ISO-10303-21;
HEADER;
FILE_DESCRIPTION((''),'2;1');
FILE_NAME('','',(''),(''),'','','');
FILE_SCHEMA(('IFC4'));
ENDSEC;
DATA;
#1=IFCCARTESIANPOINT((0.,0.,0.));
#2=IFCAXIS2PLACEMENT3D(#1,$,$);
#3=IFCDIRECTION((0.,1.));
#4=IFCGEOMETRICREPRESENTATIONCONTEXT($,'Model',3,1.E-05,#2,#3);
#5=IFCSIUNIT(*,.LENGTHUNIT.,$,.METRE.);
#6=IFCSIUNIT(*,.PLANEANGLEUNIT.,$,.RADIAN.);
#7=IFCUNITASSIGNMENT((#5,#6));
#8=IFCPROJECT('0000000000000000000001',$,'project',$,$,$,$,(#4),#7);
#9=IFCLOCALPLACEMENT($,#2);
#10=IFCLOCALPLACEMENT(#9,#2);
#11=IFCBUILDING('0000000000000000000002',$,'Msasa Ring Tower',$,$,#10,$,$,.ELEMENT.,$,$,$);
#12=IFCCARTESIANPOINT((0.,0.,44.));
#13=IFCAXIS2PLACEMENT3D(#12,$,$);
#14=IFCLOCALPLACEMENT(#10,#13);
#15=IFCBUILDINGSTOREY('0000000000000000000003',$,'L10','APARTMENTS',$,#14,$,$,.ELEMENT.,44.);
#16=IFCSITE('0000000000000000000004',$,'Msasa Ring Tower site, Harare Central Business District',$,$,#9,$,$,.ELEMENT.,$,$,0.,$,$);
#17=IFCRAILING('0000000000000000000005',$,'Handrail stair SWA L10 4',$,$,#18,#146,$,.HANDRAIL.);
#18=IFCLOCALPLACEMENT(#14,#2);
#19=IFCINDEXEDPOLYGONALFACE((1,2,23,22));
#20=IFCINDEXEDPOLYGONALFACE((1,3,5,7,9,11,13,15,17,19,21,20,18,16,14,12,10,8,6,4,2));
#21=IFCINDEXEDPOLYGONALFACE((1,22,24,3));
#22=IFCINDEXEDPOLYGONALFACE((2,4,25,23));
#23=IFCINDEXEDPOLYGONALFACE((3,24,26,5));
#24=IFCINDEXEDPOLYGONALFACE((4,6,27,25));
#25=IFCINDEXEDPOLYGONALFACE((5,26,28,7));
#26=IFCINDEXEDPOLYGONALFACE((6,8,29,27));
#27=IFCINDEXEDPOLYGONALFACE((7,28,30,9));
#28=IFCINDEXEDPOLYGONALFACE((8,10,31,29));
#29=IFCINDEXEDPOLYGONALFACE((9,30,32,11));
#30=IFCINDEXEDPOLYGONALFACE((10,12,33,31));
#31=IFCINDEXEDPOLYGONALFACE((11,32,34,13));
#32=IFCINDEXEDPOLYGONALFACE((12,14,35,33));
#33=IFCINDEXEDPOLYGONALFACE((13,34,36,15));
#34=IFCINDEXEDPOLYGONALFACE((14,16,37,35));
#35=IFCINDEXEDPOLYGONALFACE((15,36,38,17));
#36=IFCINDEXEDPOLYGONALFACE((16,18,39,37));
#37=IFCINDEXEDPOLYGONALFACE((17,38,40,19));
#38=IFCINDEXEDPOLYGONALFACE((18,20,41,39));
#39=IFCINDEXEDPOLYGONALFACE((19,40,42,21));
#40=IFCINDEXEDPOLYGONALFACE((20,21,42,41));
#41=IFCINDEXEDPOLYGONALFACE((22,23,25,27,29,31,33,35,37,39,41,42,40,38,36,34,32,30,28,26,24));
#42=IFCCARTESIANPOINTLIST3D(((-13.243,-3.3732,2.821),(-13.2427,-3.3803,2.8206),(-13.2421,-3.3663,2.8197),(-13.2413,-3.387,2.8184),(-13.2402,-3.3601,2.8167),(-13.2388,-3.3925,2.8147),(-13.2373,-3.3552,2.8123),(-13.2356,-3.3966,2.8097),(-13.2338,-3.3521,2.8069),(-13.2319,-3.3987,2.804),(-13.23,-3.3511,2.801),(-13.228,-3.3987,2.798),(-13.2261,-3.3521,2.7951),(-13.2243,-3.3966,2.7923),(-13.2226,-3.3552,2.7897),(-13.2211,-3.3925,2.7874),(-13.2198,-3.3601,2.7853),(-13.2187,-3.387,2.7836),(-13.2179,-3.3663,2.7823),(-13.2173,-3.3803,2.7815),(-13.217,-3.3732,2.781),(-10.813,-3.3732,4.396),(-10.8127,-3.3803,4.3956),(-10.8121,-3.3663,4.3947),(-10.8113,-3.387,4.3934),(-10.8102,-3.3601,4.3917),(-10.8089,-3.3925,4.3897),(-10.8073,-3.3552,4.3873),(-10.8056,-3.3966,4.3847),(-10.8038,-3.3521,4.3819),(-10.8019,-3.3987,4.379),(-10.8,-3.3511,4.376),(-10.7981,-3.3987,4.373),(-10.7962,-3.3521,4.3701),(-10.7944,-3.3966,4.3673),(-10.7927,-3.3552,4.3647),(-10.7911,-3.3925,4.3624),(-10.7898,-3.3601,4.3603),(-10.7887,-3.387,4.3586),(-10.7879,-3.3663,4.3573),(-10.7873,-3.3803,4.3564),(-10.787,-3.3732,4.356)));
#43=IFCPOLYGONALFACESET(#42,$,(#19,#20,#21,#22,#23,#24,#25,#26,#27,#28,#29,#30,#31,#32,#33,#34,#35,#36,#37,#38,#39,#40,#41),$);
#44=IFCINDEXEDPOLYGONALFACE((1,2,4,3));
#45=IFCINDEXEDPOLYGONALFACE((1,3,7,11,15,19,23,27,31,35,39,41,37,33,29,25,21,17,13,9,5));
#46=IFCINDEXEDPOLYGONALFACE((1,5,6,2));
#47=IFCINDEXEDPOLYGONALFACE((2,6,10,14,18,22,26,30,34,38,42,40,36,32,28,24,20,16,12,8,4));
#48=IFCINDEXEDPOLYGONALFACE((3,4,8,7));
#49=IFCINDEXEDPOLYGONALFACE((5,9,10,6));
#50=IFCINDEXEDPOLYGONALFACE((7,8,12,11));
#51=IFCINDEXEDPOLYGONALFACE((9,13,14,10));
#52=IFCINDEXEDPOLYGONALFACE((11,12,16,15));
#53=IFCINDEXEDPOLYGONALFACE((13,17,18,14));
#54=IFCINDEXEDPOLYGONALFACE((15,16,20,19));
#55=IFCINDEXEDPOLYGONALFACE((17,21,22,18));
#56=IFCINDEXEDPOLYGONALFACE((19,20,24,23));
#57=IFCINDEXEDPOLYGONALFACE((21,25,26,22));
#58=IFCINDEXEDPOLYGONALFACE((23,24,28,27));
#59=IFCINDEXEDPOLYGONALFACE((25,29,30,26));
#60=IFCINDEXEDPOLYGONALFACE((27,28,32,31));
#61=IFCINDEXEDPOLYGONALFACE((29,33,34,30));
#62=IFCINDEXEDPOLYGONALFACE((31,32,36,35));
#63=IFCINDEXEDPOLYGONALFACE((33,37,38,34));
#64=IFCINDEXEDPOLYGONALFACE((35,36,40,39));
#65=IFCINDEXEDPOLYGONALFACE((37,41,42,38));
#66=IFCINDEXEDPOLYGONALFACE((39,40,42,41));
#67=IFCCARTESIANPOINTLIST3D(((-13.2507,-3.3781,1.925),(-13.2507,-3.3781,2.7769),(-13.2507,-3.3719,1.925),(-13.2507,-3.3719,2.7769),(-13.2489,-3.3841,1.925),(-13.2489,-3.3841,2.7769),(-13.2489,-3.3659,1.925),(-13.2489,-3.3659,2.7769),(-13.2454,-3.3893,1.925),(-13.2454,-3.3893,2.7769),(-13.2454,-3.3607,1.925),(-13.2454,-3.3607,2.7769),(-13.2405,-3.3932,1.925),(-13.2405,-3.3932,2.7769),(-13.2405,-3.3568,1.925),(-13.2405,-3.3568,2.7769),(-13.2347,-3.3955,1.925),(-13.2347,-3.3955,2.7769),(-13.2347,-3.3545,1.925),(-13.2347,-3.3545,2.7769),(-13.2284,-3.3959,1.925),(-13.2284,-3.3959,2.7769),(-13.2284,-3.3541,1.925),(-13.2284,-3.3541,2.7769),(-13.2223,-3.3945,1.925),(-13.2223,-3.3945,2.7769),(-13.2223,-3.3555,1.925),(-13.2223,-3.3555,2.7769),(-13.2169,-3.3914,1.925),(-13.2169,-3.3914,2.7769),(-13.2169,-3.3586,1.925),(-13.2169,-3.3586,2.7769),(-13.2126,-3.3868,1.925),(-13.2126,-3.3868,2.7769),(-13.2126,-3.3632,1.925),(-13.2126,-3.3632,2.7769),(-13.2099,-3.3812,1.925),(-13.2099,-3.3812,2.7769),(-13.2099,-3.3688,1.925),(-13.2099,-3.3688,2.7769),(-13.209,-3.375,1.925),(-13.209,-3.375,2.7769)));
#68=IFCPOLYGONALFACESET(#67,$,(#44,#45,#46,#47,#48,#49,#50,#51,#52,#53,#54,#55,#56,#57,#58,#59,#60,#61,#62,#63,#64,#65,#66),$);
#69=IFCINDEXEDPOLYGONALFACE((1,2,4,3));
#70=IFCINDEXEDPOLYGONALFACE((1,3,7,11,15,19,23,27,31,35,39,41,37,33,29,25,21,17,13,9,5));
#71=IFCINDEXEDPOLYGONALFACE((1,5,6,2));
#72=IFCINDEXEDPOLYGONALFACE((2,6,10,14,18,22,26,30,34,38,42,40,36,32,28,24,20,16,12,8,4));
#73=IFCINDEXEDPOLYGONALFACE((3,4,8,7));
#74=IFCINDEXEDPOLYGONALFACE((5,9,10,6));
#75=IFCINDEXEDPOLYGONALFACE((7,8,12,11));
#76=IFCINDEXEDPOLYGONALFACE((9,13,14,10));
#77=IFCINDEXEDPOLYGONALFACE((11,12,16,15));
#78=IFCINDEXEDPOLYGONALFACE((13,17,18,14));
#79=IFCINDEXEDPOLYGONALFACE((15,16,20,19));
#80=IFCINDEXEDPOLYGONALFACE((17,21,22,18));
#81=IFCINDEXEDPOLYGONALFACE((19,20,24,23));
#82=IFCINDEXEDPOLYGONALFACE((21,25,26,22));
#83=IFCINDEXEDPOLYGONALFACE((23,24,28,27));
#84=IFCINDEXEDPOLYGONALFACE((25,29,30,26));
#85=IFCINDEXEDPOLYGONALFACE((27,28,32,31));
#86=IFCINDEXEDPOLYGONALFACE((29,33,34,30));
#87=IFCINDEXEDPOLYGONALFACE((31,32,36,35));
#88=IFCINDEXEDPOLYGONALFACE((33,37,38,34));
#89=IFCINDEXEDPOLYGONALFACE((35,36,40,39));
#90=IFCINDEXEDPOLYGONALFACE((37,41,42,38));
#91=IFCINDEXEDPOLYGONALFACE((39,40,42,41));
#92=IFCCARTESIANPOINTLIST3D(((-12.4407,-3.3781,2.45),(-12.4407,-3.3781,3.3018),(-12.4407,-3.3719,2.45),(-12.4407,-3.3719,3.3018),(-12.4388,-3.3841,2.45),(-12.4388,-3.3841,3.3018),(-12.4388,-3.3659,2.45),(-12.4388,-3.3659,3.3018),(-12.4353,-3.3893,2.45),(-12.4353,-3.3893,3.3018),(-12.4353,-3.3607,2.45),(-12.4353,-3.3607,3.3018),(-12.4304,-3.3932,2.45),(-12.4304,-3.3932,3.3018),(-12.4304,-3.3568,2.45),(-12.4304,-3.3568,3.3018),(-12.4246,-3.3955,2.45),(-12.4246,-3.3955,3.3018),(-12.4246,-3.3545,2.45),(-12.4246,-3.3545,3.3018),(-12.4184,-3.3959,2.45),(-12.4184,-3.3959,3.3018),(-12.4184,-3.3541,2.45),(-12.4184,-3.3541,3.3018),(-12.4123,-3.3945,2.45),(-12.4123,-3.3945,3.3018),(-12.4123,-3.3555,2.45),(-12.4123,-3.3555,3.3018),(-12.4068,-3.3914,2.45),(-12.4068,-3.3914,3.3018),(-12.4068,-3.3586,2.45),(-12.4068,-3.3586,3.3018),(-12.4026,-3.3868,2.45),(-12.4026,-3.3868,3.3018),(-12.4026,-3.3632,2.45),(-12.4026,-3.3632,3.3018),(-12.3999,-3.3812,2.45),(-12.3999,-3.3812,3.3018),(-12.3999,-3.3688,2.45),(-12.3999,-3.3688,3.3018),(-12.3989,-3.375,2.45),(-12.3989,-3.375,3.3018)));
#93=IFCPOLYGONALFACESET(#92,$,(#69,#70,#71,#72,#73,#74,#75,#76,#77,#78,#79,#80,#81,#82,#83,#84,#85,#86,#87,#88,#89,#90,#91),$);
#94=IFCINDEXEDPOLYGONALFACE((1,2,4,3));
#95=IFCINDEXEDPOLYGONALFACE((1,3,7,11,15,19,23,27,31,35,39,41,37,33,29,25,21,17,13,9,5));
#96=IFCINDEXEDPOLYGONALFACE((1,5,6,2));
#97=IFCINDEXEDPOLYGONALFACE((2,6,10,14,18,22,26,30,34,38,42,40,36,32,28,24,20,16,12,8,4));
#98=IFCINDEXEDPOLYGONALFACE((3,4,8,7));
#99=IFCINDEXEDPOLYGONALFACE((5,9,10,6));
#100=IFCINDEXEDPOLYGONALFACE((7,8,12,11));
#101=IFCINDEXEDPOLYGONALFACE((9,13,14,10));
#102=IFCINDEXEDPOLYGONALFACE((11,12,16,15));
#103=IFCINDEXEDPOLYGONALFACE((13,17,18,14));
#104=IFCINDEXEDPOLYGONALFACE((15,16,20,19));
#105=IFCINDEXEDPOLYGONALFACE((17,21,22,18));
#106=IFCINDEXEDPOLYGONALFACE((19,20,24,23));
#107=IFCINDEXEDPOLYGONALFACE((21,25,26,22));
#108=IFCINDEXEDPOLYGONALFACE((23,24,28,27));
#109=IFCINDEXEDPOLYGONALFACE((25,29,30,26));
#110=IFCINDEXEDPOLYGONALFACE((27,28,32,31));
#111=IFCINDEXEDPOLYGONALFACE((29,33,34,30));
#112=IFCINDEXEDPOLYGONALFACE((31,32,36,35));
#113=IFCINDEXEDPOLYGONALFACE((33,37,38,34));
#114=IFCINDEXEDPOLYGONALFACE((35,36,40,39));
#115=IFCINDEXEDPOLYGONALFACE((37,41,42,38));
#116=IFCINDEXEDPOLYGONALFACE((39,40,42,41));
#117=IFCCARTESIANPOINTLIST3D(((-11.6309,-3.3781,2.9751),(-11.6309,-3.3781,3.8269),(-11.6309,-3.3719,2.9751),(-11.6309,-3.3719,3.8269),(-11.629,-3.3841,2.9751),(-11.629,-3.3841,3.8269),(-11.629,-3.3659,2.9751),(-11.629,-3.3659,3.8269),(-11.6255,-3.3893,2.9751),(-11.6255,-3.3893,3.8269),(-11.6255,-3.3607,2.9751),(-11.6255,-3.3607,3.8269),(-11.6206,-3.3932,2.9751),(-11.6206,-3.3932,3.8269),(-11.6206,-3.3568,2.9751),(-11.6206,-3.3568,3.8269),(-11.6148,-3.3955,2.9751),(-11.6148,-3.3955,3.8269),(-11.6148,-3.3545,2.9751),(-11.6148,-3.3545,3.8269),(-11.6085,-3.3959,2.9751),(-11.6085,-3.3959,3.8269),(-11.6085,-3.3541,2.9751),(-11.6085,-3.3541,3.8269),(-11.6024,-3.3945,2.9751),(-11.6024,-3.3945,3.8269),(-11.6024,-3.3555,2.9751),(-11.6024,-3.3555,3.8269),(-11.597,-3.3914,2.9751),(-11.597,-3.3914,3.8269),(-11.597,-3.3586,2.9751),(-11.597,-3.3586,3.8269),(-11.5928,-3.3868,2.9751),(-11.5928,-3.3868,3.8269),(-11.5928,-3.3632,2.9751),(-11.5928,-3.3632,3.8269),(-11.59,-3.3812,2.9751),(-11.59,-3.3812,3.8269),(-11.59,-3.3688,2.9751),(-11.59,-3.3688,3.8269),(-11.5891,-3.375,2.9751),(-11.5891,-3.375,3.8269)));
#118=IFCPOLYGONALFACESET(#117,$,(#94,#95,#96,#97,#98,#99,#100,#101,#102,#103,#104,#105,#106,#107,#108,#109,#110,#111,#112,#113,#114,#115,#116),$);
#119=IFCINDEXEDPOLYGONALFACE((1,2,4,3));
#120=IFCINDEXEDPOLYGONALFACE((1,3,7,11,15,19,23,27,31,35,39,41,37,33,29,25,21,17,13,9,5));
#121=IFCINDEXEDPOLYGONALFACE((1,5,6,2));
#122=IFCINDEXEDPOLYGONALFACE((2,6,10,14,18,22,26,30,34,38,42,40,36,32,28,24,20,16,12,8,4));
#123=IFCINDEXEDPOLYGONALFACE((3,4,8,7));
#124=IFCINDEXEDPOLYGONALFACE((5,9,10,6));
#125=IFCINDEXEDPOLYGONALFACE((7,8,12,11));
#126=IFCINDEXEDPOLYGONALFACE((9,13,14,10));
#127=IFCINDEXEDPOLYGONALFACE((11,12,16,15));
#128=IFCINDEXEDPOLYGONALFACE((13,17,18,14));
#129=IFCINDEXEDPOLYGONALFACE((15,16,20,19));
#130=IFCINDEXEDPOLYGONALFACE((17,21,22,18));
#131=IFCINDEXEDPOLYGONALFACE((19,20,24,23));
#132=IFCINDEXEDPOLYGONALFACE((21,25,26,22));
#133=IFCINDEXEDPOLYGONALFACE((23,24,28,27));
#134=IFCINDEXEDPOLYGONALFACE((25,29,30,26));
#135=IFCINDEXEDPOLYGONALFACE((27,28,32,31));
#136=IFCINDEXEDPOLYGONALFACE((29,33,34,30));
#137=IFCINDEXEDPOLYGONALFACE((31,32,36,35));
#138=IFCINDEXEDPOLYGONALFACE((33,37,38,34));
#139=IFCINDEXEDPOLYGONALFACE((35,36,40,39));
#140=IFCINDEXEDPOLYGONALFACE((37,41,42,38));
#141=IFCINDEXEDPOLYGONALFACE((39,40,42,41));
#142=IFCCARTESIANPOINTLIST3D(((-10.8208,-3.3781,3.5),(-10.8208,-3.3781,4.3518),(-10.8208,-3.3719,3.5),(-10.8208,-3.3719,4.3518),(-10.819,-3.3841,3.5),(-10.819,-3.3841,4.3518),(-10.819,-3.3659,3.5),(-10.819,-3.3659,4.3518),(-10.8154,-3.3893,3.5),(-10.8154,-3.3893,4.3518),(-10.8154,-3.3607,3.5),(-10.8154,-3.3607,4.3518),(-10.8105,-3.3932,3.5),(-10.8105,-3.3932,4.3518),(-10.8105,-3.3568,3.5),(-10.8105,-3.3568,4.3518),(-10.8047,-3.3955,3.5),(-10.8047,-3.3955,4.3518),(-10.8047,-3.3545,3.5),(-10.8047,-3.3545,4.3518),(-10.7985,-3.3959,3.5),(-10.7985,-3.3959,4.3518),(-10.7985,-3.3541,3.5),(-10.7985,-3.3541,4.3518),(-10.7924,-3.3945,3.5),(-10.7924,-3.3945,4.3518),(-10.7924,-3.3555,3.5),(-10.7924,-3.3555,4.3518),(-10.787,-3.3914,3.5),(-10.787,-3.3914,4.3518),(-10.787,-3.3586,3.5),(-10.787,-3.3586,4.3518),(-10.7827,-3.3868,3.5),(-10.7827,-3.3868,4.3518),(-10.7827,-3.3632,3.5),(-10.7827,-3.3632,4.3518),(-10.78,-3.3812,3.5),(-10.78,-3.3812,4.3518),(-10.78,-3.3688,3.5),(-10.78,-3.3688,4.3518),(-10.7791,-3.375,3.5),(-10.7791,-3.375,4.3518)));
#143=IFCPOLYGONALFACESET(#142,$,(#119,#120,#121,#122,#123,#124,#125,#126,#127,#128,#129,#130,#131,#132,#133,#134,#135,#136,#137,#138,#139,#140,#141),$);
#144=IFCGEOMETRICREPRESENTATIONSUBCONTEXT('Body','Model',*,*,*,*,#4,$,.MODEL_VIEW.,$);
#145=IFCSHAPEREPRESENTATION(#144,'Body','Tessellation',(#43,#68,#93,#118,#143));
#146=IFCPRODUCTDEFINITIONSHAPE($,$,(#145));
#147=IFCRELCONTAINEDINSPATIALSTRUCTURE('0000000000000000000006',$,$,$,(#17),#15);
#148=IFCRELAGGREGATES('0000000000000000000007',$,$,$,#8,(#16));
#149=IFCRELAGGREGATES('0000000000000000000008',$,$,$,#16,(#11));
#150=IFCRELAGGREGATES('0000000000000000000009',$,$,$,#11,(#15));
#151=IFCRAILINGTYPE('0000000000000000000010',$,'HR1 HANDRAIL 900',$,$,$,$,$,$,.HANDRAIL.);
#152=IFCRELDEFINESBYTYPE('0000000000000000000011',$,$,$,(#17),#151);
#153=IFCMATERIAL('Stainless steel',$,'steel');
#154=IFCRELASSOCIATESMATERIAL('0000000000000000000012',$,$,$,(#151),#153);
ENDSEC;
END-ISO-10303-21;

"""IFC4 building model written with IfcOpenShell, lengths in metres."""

from ifc_helpers import new_model, si_unit, direction, frame, origin, origin_2d, place, context, subcontext, project, spatial, circle, extrude, material, type_object, element, save


model = new_model("IFC4")

# Units and contexts
model_context = context("Model", 3, precision=1e-05, world=origin(), true_north=direction((0.0, 1.0)))
body_context = subcontext(model_context, "Body", "Model", "MODEL_VIEW")
ifc_project = project(units=[si_unit("LENGTHUNIT", "METRE"), si_unit("PLANEANGLEUNIT", "RADIAN")], contexts=[model_context])

# Site, building, storey
site_placement = place(None, origin())
site = spatial("IfcSite", under=ifc_project, at=site_placement, Name="Msasa Ring Tower site, Harare Central Business District", CompositionType="ELEMENT", RefElevation=0.0)
building_placement = place(site_placement, origin())
building = spatial("IfcBuilding", under=site, at=building_placement, Name="Msasa Ring Tower", CompositionType="ELEMENT")
storey_placement = place(building_placement, frame((0.0, 0.0, 44.0)))
storey = spatial("IfcBuildingStorey", under=building, at=storey_placement, Name="L10", Description="APARTMENTS", CompositionType="ELEMENT", Elevation=44.0)

# Railing
ifc_material_1 = material(Name="Stainless steel", Category="steel")
railing_type = type_object("IfcRailingType", Name="HR1 HANDRAIL 900", PredefinedType="HANDRAIL", material=ifc_material_1)
for number, where, name in (
    (1, (-13.23, -3.375, 1.925), "Handrail stair SWA L10 4"),
):
    element("IfcRailing", number, at=place(storey_placement, frame(where)), inside=storey, type_object=railing_type, Name=name, PredefinedType="HANDRAIL", context=body_context, shape_type="SweptSolid", body=[
        extrude(circle(Radius=0.0239, at=origin_2d()), frame((0.0, 0.0, 0.876), z_axis=(0.839154, 0.0, 0.543894), x_axis=(0.0, 1.0, 0.0)), (0.0, 0.0, 1.0), 2.8958),
        extrude(circle(Radius=0.021, at=origin_2d()), origin(), (0.0, 0.0, 1.0), 0.8518),
        extrude(circle(Radius=0.021, at=origin_2d()), frame((0.8101, 0.0, 0.5249)), (0.0, 0.0, 1.0), 0.8518),
        extrude(circle(Radius=0.021, at=origin_2d()), frame((1.6199, 0.0, 1.05)), (0.0, 0.0, 1.0), 0.8518),
        extrude(circle(Radius=0.021, at=origin_2d()), frame((2.4299, 0.0, 1.575)), (0.0, 0.0, 1.0), 0.8518),
    ])

save(model, "model.ifc")
